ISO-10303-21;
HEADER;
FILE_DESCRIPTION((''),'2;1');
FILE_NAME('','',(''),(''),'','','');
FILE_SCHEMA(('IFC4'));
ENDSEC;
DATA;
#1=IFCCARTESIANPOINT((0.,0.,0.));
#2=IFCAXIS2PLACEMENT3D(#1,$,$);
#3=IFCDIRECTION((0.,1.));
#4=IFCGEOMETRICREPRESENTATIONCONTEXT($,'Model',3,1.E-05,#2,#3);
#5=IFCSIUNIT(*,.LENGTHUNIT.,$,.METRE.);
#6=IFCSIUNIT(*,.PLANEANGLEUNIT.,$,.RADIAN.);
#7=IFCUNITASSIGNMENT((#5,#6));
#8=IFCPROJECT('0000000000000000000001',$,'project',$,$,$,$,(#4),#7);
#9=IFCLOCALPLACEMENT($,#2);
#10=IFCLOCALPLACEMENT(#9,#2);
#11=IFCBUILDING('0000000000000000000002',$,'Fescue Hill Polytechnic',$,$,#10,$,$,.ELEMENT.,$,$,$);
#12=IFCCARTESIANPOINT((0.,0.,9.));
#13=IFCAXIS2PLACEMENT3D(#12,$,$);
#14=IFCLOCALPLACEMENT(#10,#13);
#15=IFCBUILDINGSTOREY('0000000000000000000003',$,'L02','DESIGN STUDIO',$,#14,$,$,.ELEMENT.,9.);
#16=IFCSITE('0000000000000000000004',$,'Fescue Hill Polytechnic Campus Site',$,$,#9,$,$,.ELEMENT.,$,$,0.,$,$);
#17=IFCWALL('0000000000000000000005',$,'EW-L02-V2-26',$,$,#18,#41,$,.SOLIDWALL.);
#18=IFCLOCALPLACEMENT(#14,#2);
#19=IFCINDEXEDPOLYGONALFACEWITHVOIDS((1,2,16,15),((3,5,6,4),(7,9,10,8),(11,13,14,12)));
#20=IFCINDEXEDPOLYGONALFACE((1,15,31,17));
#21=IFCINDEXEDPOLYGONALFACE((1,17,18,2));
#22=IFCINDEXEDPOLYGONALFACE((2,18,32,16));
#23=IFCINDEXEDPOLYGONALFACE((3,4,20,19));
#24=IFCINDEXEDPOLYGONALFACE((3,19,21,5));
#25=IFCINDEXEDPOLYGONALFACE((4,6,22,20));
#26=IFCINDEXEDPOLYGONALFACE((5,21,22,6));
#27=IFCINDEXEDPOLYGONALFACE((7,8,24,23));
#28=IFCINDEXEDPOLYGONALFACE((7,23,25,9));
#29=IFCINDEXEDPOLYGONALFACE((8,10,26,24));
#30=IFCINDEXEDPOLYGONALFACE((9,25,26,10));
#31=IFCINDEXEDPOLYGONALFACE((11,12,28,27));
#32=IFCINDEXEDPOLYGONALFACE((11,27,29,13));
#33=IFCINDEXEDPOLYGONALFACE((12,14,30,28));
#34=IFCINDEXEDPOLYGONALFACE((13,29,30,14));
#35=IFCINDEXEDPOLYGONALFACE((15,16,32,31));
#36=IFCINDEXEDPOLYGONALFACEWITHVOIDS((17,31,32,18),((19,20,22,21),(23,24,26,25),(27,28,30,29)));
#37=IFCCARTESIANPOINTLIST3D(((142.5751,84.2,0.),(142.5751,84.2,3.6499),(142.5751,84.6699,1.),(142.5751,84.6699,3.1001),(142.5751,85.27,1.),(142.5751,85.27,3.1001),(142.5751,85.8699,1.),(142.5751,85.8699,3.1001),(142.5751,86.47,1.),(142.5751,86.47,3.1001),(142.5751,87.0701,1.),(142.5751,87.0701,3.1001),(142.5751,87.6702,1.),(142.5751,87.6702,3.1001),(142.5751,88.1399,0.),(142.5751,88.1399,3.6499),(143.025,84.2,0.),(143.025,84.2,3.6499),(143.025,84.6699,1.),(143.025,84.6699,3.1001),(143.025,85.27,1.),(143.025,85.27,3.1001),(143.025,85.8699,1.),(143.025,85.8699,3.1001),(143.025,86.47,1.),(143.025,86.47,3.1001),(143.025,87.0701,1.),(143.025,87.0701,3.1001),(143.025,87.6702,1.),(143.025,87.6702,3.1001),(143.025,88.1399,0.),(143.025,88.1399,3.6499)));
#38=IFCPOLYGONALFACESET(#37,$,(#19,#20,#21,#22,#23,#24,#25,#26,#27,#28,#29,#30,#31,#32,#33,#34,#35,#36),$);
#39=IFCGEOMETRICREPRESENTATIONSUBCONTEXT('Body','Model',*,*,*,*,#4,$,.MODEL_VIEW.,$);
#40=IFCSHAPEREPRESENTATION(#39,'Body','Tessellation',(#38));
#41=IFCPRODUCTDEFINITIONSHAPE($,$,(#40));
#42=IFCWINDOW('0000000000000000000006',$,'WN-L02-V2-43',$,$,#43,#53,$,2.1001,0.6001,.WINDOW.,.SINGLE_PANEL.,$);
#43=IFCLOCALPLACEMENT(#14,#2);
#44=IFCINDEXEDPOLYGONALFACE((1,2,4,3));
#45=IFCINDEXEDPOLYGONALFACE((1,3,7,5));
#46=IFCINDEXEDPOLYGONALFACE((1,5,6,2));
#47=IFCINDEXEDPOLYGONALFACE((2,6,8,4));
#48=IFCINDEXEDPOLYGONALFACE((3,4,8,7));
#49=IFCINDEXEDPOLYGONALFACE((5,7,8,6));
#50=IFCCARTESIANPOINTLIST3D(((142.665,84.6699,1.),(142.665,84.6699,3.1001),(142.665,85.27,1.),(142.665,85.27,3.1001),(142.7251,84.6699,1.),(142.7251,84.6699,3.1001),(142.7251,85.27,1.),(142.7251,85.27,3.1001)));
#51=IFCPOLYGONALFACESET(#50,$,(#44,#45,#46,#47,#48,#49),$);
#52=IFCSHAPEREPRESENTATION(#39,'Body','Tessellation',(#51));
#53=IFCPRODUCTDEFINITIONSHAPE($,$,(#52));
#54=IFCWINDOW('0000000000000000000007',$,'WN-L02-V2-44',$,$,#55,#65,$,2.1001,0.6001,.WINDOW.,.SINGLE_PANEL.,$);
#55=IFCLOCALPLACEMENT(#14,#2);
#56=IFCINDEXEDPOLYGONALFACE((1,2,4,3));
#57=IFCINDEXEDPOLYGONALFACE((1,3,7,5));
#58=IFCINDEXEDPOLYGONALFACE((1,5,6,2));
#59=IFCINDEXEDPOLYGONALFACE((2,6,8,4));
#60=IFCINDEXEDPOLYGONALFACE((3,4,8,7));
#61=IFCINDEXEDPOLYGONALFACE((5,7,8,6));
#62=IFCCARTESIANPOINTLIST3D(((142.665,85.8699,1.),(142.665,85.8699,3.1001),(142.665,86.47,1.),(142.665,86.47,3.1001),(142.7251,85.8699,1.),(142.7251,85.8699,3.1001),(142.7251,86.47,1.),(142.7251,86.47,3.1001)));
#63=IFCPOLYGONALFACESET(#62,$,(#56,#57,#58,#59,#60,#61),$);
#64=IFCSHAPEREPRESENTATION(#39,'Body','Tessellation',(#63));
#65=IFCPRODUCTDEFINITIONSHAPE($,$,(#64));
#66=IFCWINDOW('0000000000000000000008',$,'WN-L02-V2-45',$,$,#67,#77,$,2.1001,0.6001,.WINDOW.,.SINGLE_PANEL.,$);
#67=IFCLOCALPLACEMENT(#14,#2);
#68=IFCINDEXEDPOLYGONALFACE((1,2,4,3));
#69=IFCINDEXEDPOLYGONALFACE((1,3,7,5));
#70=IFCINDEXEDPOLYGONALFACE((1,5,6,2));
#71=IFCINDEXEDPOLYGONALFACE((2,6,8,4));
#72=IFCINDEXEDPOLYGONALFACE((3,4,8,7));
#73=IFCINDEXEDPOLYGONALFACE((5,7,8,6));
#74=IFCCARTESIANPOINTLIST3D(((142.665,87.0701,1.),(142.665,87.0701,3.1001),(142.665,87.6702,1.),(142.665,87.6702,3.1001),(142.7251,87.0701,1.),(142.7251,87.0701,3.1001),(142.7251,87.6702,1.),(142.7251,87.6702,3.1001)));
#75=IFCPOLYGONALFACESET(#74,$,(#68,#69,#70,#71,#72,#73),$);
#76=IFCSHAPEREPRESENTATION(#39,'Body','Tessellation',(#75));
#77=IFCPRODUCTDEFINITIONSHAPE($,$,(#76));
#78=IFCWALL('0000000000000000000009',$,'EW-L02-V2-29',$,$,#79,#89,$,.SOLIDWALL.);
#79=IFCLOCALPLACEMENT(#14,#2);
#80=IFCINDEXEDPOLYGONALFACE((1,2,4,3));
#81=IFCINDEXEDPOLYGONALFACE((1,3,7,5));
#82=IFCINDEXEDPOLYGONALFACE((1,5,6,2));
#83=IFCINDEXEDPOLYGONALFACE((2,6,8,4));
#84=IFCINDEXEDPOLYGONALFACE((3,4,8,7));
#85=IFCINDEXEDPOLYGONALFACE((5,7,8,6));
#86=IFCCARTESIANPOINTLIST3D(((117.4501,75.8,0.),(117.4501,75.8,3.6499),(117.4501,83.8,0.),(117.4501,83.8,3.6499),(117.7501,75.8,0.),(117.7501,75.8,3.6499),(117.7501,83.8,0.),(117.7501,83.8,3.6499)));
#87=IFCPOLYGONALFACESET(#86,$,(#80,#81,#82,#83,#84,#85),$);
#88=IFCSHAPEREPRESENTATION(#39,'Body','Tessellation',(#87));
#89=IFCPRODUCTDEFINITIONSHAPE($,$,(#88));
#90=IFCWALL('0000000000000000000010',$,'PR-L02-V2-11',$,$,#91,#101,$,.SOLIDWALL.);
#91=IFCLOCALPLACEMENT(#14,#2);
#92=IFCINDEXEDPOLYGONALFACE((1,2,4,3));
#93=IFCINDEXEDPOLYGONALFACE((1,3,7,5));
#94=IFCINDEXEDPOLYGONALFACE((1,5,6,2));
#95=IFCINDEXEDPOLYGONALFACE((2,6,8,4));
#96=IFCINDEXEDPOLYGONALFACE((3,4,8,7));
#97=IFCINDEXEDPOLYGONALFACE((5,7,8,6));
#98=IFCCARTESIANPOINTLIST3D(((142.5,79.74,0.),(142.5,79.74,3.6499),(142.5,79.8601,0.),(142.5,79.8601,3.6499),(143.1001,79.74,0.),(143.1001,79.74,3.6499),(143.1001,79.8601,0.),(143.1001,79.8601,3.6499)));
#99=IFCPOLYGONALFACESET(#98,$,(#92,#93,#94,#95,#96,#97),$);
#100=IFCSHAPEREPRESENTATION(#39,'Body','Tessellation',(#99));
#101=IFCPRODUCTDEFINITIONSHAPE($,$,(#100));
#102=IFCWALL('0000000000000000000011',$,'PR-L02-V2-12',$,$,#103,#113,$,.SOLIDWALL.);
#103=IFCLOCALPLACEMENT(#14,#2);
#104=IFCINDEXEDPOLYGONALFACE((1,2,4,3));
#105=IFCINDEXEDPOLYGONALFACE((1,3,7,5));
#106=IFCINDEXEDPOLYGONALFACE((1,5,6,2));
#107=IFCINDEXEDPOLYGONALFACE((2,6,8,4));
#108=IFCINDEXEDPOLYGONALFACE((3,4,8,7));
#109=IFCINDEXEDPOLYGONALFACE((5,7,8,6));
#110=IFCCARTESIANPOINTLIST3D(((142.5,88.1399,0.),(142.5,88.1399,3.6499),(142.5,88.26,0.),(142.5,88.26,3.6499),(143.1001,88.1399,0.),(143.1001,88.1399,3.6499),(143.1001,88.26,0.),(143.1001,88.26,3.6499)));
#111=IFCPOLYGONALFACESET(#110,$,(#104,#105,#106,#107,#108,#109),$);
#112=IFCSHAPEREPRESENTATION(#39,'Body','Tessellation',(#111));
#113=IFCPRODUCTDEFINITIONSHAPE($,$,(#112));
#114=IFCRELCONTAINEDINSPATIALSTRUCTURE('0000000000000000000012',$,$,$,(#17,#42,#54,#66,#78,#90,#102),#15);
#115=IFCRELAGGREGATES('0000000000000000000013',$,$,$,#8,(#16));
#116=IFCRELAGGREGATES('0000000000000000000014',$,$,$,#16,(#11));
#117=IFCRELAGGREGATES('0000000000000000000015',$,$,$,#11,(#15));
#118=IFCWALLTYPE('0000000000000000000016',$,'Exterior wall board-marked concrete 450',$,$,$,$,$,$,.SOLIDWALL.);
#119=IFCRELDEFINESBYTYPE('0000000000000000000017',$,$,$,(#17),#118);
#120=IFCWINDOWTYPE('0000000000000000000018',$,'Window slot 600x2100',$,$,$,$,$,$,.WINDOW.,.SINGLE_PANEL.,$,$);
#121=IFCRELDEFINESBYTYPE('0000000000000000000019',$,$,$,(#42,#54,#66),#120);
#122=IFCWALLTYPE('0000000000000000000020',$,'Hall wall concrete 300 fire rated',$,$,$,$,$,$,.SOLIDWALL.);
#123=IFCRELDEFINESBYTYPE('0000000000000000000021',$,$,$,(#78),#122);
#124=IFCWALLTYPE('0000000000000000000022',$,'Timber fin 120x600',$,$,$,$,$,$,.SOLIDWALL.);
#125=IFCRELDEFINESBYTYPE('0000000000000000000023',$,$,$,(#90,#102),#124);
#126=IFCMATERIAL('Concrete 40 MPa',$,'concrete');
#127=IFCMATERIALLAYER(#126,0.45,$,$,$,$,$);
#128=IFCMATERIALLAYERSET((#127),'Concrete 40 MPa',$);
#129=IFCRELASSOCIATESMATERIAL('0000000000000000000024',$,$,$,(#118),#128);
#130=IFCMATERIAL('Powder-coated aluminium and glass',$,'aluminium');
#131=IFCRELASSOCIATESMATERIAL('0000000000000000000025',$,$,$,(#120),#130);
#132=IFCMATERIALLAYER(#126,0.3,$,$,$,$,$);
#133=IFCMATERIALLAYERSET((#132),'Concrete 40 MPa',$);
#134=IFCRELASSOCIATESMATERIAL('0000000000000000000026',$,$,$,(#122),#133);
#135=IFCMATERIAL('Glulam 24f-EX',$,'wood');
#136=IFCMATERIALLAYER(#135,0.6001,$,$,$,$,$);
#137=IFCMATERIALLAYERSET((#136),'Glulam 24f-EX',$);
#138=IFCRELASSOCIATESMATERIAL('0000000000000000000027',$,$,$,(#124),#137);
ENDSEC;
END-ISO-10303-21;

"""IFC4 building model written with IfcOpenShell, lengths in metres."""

from ifc_helpers import new_model, si_unit, direction, frame, frame_2d, origin, place, context, subcontext, project, spatial, rectangle, extrude, material, layer, layer_set, type_object, element, fill, save


model = new_model("IFC4")

# Units and contexts
model_context = context("Model", 3, precision=1e-05, world=origin(), true_north=direction((0.0, 1.0)))
body_context = subcontext(model_context, "Body", "Model", "MODEL_VIEW")
ifc_project = project(units=[si_unit("LENGTHUNIT", "METRE"), si_unit("PLANEANGLEUNIT", "RADIAN")], contexts=[model_context])

# Site, building, storey
site_placement = place(None, origin())
site = spatial("IfcSite", under=ifc_project, at=site_placement, Name="Fescue Hill Polytechnic Campus Site", CompositionType="ELEMENT", RefElevation=0.0)
building_placement = place(site_placement, origin())
building = spatial("IfcBuilding", under=site, at=building_placement, Name="Fescue Hill Polytechnic", CompositionType="ELEMENT")
storey_placement = place(building_placement, frame((0.0, 0.0, 9.0)))
storey = spatial("IfcBuildingStorey", under=building, at=storey_placement, Name="L02", Description="DESIGN STUDIO", CompositionType="ELEMENT", Elevation=9.0)

# Shared definitions
ifc_material_1 = material(Name="Concrete 40 MPa", Category="concrete")

# Wall, openings, windows
ifc_layer_1 = layer(ifc_material_1, 0.45)
ifc_layer_set_1 = layer_set([ifc_layer_1], Name="Concrete 40 MPa")
wall_type_1 = type_object("IfcWallType", Name="Exterior wall board-marked concrete 450", PredefinedType="SOLIDWALL", material=ifc_layer_set_1)
ifc_material_2 = material(Name="Powder-coated aluminium and glass", Category="aluminium")
window_type = type_object("IfcWindowType", Name="Window slot 600x2100", PartitioningType="SINGLE_PANEL", PredefinedType="WINDOW", material=ifc_material_2)
wall_1_placement = place(storey_placement, frame((142.8, 84.2, 0.0), z_axis=(0.0, 0.0, 1.0), x_axis=(0.0, 1.0, 0.0)))
wall_1 = element("IfcWall", 1, at=wall_1_placement, inside=storey, type_object=wall_type_1, Name="EW-L02-V2-26", PredefinedType="SOLIDWALL", context=body_context, shape_type="SweptSolid", body=[
    extrude(rectangle(XDim=3.9399, YDim=0.45, at=frame_2d((1.97, 0.0))), origin(), (0.0, 0.0, 1.0), 3.6499),
])
opening_1_placement = place(wall_1_placement, frame((0.47, 0.0, 1.0)))
opening_1 = element("IfcOpeningElement", 2, at=opening_1_placement, cuts=wall_1, PredefinedType="OPENING", context=body_context, shape_type="SweptSolid", body=[
    extrude(rectangle(XDim=0.6001, YDim=2.1001, at=frame_2d((0.3, 1.05))), frame((0.0, 0.2349, 0.0), z_axis=(0.0, -1.0, 0.0), x_axis=(1.0, 0.0, 0.0)), (0.0, 0.0, 1.0), 0.47),
])
opening_2_placement = place(wall_1_placement, frame((1.6699, 0.0, 1.0)))
opening_2 = element("IfcOpeningElement", 3, at=opening_2_placement, cuts=wall_1, PredefinedType="OPENING", context=body_context, shape_type="SweptSolid", body=[
    extrude(rectangle(XDim=0.6001, YDim=2.1001, at=frame_2d((0.3, 1.05))), frame((0.0, 0.2349, 0.0), z_axis=(0.0, -1.0, 0.0), x_axis=(1.0, 0.0, 0.0)), (0.0, 0.0, 1.0), 0.47),
])
opening_3_placement = place(wall_1_placement, frame((2.8701, 0.0, 1.0)))
opening_3 = element("IfcOpeningElement", 4, at=opening_3_placement, cuts=wall_1, PredefinedType="OPENING", context=body_context, shape_type="SweptSolid", body=[
    extrude(rectangle(XDim=0.6001, YDim=2.1001, at=frame_2d((0.3, 1.05))), frame((0.0, 0.2349, 0.0), z_axis=(0.0, -1.0, 0.0), x_axis=(1.0, 0.0, 0.0)), (0.0, 0.0, 1.0), 0.47),
])
window_1_placement = place(opening_1_placement, origin())
window_1 = element("IfcWindow", 5, at=window_1_placement, inside=storey, type_object=window_type, Name="WN-L02-V2-43", OverallHeight=2.1001, OverallWidth=0.6001, PartitioningType="SINGLE_PANEL", PredefinedType="WINDOW", context=body_context, shape_type="SweptSolid", body=[
    extrude(rectangle(XDim=0.6001, YDim=2.1001, at=frame_2d((0.3, 1.05))), frame((0.0, 0.135, 0.0), z_axis=(0.0, -1.0, 0.0), x_axis=(1.0, 0.0, 0.0)), (0.0, 0.0, 1.0), 0.0601),
])
fill(opening_1, window_1)
window_2_placement = place(opening_2_placement, origin())
window_2 = element("IfcWindow", 6, at=window_2_placement, inside=storey, type_object=window_type, Name="WN-L02-V2-44", OverallHeight=2.1001, OverallWidth=0.6001, PartitioningType="SINGLE_PANEL", PredefinedType="WINDOW", context=body_context, shape_type="SweptSolid", body=[
    extrude(rectangle(XDim=0.6001, YDim=2.1001, at=frame_2d((0.3, 1.05))), frame((0.0, 0.135, 0.0), z_axis=(0.0, -1.0, 0.0), x_axis=(1.0, 0.0, 0.0)), (0.0, 0.0, 1.0), 0.0601),
])
fill(opening_2, window_2)
window_3_placement = place(opening_3_placement, origin())
window_3 = element("IfcWindow", 7, at=window_3_placement, inside=storey, type_object=window_type, Name="WN-L02-V2-45", OverallHeight=2.1001, OverallWidth=0.6001, PartitioningType="SINGLE_PANEL", PredefinedType="WINDOW", context=body_context, shape_type="SweptSolid", body=[
    extrude(rectangle(XDim=0.6001, YDim=2.1001, at=frame_2d((0.3, 1.05))), frame((0.0, 0.135, 0.0), z_axis=(0.0, -1.0, 0.0), x_axis=(1.0, 0.0, 0.0)), (0.0, 0.0, 1.0), 0.0601),
])
fill(opening_3, window_3)

# Walls
ifc_layer_2 = layer(ifc_material_1, 0.3)
ifc_layer_set_2 = layer_set([ifc_layer_2], Name="Concrete 40 MPa")
wall_type_2 = type_object("IfcWallType", Name="Hall wall concrete 300 fire rated", PredefinedType="SOLIDWALL", material=ifc_layer_set_2)
wall_2_placement = place(storey_placement, frame((117.6001, 83.8, 0.0), z_axis=(0.0, 0.0, 1.0), x_axis=(0.0, -1.0, 0.0)))
element("IfcWall", 8, at=wall_2_placement, inside=storey, type_object=wall_type_2, Name="EW-L02-V2-29", PredefinedType="SOLIDWALL", context=body_context, shape_type="SweptSolid", body=[
    extrude(rectangle(XDim=8.0, YDim=0.3, at=frame_2d((4.0, 0.0))), origin(), (0.0, 0.0, 1.0), 3.6499),
])
ifc_material_3 = material(Name="Glulam 24f-EX", Category="wood")
ifc_layer_3 = layer(ifc_material_3, 0.6001)
ifc_layer_set_3 = layer_set([ifc_layer_3], Name="Glulam 24f-EX")
wall_type_3 = type_object("IfcWallType", Name="Timber fin 120x600", PredefinedType="SOLIDWALL", material=ifc_layer_set_3)
for number, where, z_axis, x_axis, name in (
    (9, (142.8, 79.74, 0.0), (0.0, 0.0, 1.0), (0.0, 1.0, 0.0), "PR-L02-V2-11"),
    (10, (142.8, 88.1399, 0.0), (0.0, 0.0, 1.0), (0.0, 1.0, 0.0), "PR-L02-V2-12"),
):
    element("IfcWall", number, at=place(storey_placement, frame(where, z_axis=z_axis, x_axis=x_axis)), inside=storey, type_object=wall_type_3, Name=name, PredefinedType="SOLIDWALL", context=body_context, shape_type="SweptSolid", body=[
        extrude(rectangle(XDim=0.1201, YDim=0.6001, at=frame_2d((0.0601, 0.0))), origin(), (0.0, 0.0, 1.0), 3.6499),
    ])

save(model, "model.ifc")
